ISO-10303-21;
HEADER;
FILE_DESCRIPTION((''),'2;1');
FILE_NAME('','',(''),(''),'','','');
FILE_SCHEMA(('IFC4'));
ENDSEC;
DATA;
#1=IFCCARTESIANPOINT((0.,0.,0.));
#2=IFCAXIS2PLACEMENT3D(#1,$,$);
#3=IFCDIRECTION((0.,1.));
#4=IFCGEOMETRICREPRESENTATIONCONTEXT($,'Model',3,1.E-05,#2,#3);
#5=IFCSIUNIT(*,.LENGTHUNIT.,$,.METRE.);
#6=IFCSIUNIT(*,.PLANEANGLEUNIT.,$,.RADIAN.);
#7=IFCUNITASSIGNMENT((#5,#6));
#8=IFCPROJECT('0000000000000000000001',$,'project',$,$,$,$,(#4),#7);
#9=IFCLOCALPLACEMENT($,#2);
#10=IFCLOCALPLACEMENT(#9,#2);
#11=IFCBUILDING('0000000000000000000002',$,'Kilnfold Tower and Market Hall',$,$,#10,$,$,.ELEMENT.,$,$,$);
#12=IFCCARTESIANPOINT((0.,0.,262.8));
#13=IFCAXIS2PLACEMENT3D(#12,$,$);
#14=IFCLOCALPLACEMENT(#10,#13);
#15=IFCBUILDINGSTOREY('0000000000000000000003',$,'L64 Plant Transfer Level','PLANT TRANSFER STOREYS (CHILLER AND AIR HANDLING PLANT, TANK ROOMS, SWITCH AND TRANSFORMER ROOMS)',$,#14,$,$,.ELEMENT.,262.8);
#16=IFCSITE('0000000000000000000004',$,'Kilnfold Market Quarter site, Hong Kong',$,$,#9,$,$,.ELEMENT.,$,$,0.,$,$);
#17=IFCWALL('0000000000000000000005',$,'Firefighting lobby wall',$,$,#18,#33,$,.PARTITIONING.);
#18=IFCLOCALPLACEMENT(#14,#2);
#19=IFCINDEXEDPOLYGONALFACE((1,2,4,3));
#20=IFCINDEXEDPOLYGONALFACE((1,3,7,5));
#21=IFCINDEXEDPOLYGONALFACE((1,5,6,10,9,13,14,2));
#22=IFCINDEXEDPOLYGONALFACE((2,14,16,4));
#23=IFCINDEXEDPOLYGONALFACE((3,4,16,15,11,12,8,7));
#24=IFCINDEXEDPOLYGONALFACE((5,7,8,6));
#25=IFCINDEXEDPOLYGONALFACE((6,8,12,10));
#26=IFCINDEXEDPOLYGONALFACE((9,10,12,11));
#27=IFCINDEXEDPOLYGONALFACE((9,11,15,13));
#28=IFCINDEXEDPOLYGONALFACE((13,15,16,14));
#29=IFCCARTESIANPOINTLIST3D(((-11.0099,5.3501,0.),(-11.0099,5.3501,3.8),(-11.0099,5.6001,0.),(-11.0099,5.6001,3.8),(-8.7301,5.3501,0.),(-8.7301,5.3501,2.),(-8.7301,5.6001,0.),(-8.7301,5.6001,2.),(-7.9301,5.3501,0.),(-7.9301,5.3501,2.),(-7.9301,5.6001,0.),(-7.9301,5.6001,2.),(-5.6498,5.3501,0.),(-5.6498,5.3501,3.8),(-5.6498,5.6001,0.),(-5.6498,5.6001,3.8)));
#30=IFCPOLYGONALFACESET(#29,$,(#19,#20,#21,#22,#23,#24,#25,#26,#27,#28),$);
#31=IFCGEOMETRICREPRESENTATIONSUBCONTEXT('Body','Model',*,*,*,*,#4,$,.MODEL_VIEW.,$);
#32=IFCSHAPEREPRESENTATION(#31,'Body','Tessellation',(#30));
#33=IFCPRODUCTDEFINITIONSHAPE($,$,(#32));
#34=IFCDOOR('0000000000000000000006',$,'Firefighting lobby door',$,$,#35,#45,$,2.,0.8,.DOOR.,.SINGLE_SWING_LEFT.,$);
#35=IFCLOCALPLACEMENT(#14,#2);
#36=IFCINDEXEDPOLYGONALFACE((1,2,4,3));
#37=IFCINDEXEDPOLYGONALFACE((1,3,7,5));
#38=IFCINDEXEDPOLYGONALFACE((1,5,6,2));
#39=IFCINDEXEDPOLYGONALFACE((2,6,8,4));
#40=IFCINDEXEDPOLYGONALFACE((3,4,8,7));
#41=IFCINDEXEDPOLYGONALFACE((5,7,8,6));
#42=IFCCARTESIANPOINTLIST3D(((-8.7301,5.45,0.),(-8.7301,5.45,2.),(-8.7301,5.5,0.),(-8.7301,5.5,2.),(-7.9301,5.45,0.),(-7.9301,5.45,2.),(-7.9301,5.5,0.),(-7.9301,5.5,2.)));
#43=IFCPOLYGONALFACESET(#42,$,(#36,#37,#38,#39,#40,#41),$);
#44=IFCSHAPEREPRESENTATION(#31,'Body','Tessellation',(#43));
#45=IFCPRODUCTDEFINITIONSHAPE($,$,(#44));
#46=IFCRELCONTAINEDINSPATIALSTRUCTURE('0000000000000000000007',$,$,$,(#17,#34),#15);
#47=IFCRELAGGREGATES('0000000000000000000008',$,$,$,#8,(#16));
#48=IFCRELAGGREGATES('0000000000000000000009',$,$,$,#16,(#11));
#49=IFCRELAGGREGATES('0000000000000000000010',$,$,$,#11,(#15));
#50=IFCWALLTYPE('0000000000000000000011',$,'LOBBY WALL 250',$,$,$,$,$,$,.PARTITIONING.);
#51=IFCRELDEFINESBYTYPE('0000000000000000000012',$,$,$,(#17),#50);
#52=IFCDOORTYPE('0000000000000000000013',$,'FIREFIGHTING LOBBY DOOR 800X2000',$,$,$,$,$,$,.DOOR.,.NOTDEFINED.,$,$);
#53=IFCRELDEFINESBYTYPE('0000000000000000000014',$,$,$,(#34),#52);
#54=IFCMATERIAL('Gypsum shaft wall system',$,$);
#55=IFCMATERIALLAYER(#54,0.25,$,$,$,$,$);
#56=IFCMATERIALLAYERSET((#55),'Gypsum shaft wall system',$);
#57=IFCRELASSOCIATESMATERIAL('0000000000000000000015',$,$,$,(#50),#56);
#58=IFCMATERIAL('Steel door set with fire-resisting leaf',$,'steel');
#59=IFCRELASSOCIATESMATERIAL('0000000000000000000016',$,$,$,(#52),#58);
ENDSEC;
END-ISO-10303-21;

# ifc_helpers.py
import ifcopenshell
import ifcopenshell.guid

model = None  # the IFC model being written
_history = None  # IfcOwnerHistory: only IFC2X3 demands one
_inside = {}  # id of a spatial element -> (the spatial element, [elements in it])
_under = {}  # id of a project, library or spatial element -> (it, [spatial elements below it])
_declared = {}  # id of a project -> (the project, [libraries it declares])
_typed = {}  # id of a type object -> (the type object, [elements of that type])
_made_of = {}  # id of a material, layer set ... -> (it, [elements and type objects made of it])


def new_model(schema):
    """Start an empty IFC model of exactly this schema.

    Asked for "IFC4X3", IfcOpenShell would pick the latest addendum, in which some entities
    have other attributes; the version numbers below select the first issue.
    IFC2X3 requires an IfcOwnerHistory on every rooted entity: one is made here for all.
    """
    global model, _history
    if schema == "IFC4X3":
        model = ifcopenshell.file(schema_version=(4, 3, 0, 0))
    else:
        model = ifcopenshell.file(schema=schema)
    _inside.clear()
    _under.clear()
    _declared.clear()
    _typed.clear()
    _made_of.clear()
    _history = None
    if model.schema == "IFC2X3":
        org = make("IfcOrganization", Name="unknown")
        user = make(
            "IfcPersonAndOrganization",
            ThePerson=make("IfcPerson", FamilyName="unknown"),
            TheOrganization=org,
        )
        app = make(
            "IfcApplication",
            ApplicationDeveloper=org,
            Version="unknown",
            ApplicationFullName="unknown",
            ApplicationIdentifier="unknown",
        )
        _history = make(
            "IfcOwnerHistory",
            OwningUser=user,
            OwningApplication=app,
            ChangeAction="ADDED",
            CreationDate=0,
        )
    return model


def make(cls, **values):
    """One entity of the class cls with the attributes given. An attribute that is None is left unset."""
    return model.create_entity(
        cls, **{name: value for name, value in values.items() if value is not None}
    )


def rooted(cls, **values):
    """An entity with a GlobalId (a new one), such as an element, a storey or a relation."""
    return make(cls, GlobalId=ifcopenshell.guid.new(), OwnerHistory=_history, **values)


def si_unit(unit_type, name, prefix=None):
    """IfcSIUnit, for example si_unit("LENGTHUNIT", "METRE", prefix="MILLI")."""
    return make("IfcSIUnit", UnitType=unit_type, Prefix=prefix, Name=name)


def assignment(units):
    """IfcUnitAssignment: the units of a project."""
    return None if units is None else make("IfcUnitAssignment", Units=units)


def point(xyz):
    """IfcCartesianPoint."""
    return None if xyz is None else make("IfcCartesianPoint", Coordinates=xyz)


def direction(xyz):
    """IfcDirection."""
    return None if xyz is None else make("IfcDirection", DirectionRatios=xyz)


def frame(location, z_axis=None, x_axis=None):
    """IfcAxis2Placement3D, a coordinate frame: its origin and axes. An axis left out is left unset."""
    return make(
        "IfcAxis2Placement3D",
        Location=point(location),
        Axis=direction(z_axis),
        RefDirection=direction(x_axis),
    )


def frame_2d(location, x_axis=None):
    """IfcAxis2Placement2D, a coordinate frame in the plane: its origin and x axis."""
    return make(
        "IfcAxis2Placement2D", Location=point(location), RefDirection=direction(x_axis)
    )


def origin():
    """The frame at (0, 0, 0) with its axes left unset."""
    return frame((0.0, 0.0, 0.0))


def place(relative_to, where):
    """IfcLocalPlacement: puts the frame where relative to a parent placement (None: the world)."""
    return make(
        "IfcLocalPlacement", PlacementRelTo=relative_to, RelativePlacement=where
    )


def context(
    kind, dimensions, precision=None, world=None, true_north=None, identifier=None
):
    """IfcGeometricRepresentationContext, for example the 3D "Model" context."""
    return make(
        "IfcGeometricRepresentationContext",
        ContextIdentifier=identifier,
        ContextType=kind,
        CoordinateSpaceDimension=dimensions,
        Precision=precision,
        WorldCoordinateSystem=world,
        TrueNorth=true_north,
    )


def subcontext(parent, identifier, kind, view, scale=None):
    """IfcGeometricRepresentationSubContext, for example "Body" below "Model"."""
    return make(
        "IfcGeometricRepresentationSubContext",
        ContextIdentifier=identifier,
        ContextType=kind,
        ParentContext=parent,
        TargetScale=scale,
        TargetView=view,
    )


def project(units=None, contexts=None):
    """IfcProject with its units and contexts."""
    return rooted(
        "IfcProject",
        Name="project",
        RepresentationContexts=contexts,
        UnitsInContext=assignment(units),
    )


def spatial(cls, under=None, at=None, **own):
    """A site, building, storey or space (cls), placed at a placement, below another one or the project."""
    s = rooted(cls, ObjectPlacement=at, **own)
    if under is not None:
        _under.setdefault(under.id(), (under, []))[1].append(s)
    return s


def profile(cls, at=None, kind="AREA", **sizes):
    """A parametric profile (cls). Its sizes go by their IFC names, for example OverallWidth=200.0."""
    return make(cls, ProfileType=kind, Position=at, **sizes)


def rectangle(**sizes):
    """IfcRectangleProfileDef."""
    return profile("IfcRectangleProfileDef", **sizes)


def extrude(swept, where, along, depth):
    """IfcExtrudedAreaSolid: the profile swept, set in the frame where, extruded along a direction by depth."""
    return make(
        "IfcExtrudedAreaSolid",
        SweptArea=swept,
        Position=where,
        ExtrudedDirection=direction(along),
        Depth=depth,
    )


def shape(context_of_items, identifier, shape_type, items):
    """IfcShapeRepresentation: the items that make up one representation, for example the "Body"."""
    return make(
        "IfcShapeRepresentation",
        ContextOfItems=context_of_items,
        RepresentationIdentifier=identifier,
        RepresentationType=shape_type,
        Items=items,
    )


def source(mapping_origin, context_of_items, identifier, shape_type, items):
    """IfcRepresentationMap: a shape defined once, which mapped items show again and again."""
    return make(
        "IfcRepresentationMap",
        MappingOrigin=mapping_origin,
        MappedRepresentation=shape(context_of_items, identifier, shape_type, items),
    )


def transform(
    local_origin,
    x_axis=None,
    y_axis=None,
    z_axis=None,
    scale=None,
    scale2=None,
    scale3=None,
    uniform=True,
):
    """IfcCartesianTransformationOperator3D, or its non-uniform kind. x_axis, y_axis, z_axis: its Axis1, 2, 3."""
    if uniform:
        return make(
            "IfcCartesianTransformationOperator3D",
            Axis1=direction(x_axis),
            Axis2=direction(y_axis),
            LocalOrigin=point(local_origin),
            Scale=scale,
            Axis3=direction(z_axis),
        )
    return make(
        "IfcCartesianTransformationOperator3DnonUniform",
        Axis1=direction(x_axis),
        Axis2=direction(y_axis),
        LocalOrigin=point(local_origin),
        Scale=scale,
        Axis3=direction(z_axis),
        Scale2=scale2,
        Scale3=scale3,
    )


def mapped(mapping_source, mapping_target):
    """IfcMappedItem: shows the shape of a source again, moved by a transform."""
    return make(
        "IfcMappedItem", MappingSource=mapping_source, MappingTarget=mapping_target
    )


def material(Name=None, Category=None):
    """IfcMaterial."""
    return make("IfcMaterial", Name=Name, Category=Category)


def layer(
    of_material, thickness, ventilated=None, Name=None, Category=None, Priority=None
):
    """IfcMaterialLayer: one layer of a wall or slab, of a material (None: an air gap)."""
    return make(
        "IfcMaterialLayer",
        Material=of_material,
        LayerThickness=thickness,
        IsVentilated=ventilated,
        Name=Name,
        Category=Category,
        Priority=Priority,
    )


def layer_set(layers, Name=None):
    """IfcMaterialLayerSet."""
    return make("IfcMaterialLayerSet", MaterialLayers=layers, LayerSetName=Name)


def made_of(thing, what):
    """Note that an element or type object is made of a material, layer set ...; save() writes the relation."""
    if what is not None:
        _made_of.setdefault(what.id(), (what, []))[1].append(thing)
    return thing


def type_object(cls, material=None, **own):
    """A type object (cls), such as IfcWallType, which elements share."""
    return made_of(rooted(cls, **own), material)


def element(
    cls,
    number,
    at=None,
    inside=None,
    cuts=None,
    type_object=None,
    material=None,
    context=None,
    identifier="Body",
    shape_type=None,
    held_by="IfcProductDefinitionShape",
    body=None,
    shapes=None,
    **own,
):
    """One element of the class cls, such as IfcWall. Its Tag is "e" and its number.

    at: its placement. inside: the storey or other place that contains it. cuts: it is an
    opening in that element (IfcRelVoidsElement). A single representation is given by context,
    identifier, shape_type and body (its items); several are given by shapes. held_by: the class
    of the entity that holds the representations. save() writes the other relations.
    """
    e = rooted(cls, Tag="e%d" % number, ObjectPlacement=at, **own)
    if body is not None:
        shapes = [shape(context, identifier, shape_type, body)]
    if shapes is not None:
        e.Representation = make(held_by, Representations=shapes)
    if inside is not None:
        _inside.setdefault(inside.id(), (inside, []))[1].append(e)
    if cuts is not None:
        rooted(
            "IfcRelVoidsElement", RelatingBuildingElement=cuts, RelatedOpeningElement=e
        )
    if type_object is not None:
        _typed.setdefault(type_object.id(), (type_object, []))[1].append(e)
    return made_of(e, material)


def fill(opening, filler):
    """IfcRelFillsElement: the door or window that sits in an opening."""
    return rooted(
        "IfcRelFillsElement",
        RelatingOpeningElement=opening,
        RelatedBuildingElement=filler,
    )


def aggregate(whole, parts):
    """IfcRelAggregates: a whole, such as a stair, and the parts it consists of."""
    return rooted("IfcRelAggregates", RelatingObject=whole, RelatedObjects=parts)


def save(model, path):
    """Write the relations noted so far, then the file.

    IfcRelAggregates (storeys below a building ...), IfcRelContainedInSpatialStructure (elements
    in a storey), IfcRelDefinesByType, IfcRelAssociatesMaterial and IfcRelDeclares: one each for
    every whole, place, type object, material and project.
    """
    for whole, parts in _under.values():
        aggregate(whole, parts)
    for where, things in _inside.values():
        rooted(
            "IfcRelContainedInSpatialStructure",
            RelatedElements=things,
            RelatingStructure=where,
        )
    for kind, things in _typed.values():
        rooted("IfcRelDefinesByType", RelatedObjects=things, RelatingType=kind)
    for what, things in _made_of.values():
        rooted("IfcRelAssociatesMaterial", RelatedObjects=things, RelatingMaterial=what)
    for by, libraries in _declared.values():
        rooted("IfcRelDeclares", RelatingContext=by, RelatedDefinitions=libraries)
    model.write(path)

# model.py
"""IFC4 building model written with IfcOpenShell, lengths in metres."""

from ifc_helpers import new_model, si_unit, direction, frame, frame_2d, origin, place, context, subcontext, project, spatial, rectangle, extrude, source, transform, mapped, material, layer, layer_set, type_object, element, fill, save


model = new_model("IFC4")

# Units and contexts
model_context = context("Model", 3, precision=1e-05, world=origin(), true_north=direction((0.0, 1.0)))
body_context = subcontext(model_context, "Body", "Model", "MODEL_VIEW")
ifc_project = project(units=[si_unit("LENGTHUNIT", "METRE"), si_unit("PLANEANGLEUNIT", "RADIAN")], contexts=[model_context])

# Site, building, storey
site_placement = place(None, origin())
site = spatial("IfcSite", under=ifc_project, at=site_placement, Name="Kilnfold Market Quarter site, Hong Kong", CompositionType="ELEMENT", RefElevation=0.0)
building_placement = place(site_placement, origin())
building = spatial("IfcBuilding", under=site, at=building_placement, Name="Kilnfold Tower and Market Hall", CompositionType="ELEMENT")
storey_placement = place(building_placement, frame((0.0, 0.0, 262.8)))
storey = spatial("IfcBuildingStorey", under=building, at=storey_placement, Name="L64 Plant Transfer Level", Description="PLANT TRANSFER STOREYS (CHILLER AND AIR HANDLING PLANT, TANK ROOMS, SWITCH AND TRANSFORMER ROOMS)", CompositionType="ELEMENT", Elevation=262.8)

# Shared definitions
ifc_material_1 = material(Name="Gypsum shaft wall system")
ifc_layer_1 = layer(ifc_material_1, 0.25)
ifc_layer_set_1 = layer_set([ifc_layer_1], Name="Gypsum shaft wall system")
wall_type_1 = type_object("IfcWallType", Name="LOBBY WALL 250", PredefinedType="PARTITIONING", material=ifc_layer_set_1)

# Wall, opening, door
shared_shape_1 = source(origin(), body_context, "Body", "SweptSolid", [
    extrude(rectangle(XDim=5.3601, YDim=0.25, at=frame_2d((2.6802, 0.0))), origin(), (0.0, 0.0, 1.0), 3.8),
])
wall_1_placement = place(storey_placement, frame((-11.01, 5.4751, 0.0), z_axis=(0.0, 0.0, 1.0), x_axis=(1.0, 0.0, 0.0)))
wall_1 = element("IfcWall", 1, at=wall_1_placement, inside=storey, type_object=wall_type_1, Name="Firefighting lobby wall", PredefinedType="PARTITIONING", context=body_context, shape_type="MappedRepresentation", body=[
    mapped(shared_shape_1, transform((0.0, 0.0, 0.0))),
])
opening_1_placement = place(wall_1_placement, frame((2.28, 0.0, 0.0)))
opening_1 = element("IfcOpeningElement", 2, at=opening_1_placement, cuts=wall_1, PredefinedType="OPENING", context=body_context, shape_type="SweptSolid", body=[
    extrude(rectangle(XDim=0.8, YDim=2.0, at=frame_2d((0.3999, 1.0))), frame((0.0, 0.135, 0.0), z_axis=(0.0, -1.0, 0.0), x_axis=(1.0, 0.0, 0.0)), (0.0, 0.0, 1.0), 0.27),
])
ifc_material_2 = material(Name="Steel door set with fire-resisting leaf", Category="steel")
door_type_1 = type_object("IfcDoorType", Name="FIREFIGHTING LOBBY DOOR 800X2000", OperationType="NOTDEFINED", PredefinedType="DOOR", material=ifc_material_2)
door_1_placement = place(opening_1_placement, origin())
door_1 = element("IfcDoor", 3, at=door_1_placement, inside=storey, type_object=door_type_1, Name="Firefighting lobby door", OperationType="SINGLE_SWING_LEFT", OverallHeight=2.0, OverallWidth=0.8, PredefinedType="DOOR", context=body_context, shape_type="SweptSolid", body=[
    extrude(rectangle(XDim=0.8, YDim=2.0, at=frame_2d((0.3999, 1.0))), frame((0.0, 0.0249, 0.0), z_axis=(0.0, -1.0, 0.0), x_axis=(1.0, 0.0, 0.0)), (0.0, 0.0, 1.0), 0.05),
])
fill(opening_1, door_1)

save(model, "model.ifc")
